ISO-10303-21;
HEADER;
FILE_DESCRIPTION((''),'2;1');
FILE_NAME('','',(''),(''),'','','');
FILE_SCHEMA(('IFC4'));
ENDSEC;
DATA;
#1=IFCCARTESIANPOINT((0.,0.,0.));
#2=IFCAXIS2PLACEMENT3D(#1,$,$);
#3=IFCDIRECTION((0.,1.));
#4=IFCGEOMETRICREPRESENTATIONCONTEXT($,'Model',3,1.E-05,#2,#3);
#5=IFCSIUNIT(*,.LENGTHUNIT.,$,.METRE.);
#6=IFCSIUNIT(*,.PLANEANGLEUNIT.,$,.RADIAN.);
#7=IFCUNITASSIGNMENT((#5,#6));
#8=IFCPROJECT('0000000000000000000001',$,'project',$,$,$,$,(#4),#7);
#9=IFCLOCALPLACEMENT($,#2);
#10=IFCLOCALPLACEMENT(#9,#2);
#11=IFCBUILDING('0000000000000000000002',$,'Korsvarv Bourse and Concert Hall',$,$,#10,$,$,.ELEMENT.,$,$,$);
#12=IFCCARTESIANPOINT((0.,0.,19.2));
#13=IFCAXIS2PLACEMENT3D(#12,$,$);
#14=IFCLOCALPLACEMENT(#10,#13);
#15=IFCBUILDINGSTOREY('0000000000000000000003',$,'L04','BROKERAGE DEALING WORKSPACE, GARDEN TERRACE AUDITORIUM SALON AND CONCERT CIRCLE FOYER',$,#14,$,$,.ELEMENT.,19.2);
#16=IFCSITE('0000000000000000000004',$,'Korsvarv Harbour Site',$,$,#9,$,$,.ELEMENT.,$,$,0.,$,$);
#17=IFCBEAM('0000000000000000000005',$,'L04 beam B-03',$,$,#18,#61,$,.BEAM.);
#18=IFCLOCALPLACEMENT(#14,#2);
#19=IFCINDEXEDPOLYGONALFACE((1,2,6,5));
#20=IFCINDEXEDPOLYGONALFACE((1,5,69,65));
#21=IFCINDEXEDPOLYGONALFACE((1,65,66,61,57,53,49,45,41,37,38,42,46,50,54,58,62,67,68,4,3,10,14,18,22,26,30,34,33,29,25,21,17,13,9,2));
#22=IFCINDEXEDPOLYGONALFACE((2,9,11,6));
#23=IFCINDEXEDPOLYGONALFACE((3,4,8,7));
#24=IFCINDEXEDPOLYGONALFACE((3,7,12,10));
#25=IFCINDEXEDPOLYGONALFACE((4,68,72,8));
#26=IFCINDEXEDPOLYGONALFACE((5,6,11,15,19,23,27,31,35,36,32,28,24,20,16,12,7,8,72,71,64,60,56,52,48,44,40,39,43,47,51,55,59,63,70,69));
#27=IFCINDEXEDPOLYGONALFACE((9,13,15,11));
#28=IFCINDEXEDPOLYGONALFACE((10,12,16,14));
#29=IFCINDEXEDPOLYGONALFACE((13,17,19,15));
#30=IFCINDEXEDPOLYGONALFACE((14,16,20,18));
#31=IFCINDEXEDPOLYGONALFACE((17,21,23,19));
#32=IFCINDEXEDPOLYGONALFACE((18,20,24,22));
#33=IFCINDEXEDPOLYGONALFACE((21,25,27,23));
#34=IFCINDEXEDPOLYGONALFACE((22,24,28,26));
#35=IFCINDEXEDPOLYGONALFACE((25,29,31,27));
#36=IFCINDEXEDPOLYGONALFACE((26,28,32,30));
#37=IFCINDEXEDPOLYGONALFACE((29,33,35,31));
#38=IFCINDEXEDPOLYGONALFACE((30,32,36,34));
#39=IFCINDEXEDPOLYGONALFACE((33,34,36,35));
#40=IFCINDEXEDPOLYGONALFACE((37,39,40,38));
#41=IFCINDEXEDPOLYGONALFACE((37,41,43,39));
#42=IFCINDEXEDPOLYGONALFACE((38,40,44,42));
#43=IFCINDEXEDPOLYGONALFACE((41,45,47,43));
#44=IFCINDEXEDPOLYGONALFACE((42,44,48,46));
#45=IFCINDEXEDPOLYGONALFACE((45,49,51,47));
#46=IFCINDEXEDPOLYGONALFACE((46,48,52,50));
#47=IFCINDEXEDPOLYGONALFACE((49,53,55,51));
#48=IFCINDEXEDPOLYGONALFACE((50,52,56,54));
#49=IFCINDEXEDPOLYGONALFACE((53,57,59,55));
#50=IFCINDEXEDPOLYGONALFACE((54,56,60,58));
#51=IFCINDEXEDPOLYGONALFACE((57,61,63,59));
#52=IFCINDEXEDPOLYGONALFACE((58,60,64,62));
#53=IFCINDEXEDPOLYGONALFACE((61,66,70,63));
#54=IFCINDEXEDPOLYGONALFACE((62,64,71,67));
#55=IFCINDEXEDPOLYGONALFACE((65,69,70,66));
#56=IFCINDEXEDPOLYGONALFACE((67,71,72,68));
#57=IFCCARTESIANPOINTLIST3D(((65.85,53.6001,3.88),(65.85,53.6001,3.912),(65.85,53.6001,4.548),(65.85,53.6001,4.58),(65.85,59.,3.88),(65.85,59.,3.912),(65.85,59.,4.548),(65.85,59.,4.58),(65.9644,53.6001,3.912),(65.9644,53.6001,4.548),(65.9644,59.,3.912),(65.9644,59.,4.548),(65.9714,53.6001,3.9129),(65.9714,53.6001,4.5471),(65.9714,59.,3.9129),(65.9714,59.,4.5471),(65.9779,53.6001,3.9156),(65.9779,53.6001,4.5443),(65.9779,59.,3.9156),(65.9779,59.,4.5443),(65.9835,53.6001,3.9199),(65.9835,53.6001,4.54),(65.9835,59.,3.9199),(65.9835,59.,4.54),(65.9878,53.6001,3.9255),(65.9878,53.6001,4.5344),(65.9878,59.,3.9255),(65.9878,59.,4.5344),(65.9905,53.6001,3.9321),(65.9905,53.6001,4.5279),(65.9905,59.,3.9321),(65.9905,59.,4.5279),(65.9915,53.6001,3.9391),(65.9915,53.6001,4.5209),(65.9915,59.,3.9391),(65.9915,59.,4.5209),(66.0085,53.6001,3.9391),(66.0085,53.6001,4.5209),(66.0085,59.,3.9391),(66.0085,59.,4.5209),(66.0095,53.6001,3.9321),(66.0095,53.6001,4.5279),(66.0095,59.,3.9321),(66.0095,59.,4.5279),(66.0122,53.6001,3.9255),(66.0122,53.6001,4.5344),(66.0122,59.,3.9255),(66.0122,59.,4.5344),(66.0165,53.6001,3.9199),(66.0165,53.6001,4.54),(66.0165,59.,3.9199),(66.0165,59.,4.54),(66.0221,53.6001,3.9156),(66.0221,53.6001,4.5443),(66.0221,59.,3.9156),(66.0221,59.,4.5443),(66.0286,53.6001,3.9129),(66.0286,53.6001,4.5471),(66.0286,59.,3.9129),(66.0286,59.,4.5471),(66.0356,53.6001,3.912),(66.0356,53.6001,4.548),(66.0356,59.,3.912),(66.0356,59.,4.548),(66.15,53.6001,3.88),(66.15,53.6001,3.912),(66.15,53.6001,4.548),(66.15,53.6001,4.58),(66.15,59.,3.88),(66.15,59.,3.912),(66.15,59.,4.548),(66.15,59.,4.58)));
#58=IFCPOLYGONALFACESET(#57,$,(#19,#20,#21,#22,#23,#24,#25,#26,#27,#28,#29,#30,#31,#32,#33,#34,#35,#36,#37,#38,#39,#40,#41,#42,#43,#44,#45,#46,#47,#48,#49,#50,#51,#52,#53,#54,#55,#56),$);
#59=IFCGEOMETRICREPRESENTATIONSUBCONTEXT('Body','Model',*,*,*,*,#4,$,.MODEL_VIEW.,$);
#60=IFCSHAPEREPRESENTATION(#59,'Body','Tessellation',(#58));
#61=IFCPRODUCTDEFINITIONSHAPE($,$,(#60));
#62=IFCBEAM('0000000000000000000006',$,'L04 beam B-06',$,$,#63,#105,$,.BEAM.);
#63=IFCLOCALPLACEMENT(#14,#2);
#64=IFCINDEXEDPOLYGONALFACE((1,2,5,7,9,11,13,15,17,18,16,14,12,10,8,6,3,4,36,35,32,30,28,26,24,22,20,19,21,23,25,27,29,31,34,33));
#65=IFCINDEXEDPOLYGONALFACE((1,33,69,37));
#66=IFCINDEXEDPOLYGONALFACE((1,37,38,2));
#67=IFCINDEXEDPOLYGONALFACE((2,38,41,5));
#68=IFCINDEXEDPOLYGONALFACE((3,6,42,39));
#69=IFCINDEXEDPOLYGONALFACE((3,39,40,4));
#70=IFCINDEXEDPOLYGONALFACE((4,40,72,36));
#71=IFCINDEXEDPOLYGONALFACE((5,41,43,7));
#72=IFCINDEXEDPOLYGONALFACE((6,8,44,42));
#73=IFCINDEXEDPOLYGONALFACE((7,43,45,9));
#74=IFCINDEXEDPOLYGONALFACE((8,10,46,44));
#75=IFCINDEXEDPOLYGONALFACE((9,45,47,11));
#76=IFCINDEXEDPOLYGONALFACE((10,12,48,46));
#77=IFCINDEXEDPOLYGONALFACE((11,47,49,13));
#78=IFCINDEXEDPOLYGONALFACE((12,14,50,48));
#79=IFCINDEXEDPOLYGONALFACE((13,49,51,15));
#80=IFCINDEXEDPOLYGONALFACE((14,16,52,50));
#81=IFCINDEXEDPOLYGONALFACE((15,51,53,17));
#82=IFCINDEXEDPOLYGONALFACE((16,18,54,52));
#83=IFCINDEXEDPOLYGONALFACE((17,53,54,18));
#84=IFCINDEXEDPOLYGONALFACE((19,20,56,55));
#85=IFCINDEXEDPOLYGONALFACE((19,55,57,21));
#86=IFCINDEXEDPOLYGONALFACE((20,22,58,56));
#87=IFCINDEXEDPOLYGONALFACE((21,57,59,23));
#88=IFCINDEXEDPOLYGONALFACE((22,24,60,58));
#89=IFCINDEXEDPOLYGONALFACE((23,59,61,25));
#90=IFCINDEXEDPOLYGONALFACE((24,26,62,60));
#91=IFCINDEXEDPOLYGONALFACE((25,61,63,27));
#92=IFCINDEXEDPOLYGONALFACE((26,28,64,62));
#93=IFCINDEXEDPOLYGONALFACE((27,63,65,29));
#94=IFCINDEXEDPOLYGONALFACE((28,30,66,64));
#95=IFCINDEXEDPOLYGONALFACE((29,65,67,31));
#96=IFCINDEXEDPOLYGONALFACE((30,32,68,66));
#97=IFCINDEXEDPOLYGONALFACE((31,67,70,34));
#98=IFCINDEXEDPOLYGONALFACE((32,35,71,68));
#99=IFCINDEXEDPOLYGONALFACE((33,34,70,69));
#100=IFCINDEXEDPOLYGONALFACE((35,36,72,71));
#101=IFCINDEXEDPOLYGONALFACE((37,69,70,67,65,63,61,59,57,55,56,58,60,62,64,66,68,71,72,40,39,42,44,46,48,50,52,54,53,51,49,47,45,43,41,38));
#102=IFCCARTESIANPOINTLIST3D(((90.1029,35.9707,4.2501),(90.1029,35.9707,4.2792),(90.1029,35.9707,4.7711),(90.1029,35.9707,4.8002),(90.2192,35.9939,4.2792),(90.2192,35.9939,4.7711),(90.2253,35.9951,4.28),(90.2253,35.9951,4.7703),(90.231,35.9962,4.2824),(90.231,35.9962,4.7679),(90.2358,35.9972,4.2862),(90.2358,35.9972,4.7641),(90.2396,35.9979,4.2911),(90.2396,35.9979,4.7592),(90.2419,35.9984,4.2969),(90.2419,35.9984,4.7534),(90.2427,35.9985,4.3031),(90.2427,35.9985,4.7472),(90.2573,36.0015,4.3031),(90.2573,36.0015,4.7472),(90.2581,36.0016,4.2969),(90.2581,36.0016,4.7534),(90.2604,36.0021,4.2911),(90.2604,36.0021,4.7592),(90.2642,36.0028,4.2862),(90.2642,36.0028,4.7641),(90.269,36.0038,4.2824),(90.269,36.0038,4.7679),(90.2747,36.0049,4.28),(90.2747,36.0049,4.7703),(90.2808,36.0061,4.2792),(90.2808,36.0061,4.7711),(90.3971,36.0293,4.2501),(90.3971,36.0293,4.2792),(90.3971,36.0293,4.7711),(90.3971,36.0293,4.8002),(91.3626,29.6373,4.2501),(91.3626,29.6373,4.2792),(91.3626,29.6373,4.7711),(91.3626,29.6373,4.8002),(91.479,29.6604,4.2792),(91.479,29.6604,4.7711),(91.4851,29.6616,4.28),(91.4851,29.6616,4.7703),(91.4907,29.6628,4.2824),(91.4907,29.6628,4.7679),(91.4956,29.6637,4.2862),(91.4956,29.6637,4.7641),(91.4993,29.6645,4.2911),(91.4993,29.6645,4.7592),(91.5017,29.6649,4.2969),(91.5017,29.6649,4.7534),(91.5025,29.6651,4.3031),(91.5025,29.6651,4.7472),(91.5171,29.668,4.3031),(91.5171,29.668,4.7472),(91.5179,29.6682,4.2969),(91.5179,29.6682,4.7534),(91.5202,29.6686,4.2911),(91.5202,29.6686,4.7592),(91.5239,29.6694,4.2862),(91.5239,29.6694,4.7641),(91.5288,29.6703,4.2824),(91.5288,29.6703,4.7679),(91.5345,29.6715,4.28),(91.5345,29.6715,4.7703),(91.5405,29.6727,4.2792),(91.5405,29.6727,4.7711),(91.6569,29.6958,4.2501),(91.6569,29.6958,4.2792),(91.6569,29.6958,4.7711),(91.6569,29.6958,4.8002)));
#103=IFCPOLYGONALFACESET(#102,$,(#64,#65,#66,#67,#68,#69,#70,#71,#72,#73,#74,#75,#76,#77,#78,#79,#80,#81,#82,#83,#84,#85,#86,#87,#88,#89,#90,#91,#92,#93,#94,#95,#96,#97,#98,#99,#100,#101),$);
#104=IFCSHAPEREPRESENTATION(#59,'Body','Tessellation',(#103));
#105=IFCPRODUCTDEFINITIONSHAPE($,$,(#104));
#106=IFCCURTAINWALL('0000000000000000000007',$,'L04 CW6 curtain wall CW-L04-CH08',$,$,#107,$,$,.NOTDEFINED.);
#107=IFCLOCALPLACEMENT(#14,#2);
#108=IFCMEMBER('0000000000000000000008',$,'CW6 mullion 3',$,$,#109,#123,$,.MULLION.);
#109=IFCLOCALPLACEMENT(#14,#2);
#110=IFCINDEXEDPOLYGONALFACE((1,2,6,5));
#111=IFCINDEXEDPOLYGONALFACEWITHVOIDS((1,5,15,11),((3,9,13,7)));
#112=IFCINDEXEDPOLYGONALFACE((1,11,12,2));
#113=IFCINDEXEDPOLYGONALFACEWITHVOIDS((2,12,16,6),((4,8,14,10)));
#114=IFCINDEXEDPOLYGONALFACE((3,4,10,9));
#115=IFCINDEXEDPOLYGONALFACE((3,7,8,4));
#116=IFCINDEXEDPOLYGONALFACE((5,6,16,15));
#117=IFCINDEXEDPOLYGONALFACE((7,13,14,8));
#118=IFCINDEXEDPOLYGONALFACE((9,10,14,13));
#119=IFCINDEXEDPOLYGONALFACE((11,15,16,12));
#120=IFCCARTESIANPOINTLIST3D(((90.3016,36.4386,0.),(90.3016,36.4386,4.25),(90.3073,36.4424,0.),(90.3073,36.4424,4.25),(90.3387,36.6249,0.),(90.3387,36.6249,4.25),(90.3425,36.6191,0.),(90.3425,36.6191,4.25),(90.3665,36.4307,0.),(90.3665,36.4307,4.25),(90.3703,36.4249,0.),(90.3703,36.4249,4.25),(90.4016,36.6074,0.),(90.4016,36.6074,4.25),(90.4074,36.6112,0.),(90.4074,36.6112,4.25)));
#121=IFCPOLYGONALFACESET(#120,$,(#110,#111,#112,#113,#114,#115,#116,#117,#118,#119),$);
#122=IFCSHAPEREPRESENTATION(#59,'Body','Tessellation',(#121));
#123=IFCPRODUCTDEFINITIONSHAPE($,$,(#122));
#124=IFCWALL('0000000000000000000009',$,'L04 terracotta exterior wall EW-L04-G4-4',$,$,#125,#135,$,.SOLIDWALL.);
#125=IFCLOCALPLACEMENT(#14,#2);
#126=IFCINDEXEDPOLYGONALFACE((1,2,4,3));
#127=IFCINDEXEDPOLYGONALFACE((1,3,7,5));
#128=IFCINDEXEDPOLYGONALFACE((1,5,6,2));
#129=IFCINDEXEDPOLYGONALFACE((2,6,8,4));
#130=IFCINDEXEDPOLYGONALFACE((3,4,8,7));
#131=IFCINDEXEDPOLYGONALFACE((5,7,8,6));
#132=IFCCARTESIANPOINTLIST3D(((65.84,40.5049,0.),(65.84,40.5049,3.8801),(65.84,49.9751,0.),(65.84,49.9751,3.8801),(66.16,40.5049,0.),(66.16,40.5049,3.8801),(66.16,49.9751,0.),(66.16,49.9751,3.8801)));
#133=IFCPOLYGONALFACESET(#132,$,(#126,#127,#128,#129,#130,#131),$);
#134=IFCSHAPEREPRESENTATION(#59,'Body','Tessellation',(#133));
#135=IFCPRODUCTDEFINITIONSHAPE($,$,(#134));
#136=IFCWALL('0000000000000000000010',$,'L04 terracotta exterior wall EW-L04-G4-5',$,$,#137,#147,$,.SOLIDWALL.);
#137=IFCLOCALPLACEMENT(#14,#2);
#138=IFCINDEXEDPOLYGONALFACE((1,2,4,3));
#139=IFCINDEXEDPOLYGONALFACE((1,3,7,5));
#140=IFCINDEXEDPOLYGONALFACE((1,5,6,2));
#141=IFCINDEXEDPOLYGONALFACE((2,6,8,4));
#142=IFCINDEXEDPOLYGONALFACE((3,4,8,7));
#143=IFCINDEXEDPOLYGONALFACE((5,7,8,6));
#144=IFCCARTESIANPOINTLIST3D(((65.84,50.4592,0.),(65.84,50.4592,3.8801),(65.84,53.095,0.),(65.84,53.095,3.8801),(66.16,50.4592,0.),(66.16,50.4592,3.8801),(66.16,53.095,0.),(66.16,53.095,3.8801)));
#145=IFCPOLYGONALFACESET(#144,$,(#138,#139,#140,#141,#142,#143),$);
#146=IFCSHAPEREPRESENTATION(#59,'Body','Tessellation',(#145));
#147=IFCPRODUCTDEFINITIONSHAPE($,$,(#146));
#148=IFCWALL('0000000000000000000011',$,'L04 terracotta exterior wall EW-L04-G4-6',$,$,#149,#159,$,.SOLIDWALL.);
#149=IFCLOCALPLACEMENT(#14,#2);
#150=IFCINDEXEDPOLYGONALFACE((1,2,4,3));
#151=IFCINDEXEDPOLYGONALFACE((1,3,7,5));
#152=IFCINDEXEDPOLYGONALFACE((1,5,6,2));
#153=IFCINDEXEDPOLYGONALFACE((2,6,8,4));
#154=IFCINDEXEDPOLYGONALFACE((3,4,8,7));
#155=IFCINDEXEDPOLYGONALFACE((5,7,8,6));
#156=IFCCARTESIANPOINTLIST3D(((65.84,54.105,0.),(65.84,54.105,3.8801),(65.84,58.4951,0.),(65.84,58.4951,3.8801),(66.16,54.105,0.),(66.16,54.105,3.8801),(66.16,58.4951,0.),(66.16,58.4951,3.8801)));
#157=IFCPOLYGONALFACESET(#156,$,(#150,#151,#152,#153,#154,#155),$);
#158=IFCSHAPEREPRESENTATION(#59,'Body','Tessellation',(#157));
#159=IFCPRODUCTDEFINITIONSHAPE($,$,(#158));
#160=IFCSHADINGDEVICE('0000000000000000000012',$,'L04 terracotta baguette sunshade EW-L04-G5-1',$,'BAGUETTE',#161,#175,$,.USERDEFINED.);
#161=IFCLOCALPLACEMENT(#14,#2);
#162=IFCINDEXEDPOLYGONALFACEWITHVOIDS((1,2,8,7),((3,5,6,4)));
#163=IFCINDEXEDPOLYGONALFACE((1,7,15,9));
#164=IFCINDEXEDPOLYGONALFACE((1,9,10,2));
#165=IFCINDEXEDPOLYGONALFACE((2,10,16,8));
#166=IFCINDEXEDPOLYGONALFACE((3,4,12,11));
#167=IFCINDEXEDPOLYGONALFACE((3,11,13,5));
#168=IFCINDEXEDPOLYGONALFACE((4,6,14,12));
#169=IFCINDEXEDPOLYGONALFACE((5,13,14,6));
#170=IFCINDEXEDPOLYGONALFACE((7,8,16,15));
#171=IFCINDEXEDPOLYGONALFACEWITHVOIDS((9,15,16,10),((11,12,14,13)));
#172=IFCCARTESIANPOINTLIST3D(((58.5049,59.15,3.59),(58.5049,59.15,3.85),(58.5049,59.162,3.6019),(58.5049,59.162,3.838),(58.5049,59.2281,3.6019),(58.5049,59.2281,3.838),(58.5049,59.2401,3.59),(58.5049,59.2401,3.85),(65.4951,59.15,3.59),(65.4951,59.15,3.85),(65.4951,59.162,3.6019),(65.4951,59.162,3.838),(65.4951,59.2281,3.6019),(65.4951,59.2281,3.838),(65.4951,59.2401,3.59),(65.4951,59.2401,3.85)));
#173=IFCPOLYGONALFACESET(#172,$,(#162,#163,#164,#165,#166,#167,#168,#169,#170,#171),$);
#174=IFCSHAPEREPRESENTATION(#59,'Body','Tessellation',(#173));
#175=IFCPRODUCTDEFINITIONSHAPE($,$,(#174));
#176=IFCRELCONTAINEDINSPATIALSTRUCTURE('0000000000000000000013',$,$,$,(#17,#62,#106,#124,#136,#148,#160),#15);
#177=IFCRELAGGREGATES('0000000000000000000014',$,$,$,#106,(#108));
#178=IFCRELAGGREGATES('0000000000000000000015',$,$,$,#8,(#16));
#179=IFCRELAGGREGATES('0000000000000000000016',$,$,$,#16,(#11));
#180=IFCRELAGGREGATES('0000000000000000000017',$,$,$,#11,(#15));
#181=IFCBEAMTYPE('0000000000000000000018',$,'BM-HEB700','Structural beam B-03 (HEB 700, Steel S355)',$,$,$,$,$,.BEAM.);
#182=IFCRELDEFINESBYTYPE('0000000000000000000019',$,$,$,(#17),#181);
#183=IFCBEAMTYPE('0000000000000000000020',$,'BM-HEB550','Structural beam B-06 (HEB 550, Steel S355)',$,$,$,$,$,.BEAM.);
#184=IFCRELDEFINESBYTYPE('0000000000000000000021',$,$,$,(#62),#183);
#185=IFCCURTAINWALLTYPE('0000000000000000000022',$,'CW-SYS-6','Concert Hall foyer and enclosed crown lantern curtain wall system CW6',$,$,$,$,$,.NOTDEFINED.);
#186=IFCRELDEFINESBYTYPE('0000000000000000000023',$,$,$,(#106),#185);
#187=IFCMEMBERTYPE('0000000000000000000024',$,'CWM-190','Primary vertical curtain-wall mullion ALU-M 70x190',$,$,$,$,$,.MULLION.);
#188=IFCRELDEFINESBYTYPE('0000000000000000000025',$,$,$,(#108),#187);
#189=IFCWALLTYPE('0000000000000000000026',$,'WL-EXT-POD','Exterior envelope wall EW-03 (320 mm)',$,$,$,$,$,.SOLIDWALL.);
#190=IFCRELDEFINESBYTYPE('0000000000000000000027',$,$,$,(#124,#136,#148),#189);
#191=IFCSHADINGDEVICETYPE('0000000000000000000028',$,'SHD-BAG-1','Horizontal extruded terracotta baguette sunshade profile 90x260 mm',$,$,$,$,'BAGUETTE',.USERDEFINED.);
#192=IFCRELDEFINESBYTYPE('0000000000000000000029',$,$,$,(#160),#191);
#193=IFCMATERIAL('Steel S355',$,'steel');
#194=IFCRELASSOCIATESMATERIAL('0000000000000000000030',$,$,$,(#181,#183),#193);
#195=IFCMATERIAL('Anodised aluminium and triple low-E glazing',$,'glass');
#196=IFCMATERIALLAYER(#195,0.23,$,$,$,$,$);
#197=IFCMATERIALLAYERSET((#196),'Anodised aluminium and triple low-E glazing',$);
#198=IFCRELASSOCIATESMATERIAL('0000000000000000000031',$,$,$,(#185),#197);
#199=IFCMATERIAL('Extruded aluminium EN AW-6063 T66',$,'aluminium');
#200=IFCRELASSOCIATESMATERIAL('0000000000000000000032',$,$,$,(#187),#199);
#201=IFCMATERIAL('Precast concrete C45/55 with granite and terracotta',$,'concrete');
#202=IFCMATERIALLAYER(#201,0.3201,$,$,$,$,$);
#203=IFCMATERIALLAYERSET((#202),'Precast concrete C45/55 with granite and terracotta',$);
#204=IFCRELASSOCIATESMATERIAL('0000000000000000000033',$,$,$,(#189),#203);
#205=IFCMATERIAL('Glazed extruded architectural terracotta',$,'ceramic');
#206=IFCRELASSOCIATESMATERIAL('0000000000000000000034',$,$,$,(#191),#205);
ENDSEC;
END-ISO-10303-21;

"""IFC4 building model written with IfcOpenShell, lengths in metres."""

from ifc_helpers import new_model, si_unit, direction, frame, frame_2d, origin, origin_2d, place, context, subcontext, project, spatial, rectangle, hollow_rectangle, i_section, extrude, source, transform, mapped, material, layer, layer_set, material_profile, profile_set, type_object, element, aggregate, save


model = new_model("IFC4")

# Units and contexts
model_context = context("Model", 3, precision=1e-05, world=origin(), true_north=direction((0.0, 1.0)))
body_context = subcontext(model_context, "Body", "Model", "MODEL_VIEW")
ifc_project = project(units=[si_unit("LENGTHUNIT", "METRE"), si_unit("PLANEANGLEUNIT", "RADIAN")], contexts=[model_context])

# Site, building, storey
site_placement = place(None, origin())
site = spatial("IfcSite", under=ifc_project, at=site_placement, Name="Korsvarv Harbour Site", CompositionType="ELEMENT", RefElevation=0.0)
building_placement = place(site_placement, origin())
building = spatial("IfcBuilding", under=site, at=building_placement, Name="Korsvarv Bourse and Concert Hall", CompositionType="ELEMENT")
storey_placement = place(building_placement, frame((0.0, 0.0, 19.2)))
storey = spatial("IfcBuildingStorey", under=building, at=storey_placement, Name="L04", Description="BROKERAGE DEALING WORKSPACE, GARDEN TERRACE AUDITORIUM SALON AND CONCERT CIRCLE FOYER", CompositionType="ELEMENT", Elevation=19.2)

# Beams
ifc_material_1 = material(Name="Steel S355", Category="steel")
ifc_material_profile_1 = material_profile(ifc_material_1, i_section(OverallWidth=0.3, OverallDepth=0.7, WebThickness=0.0171, FlangeThickness=0.032, FilletRadius=0.0271, at=origin_2d()), Name="HEB 700")
ifc_profile_set_1 = profile_set([ifc_material_profile_1], Name="Steel S355")
beam_type_1 = type_object("IfcBeamType", Name="BM-HEB700", Description="Structural beam B-03 (HEB 700, Steel S355)", PredefinedType="BEAM", material=ifc_profile_set_1)
shared_shape_1 = source(origin(), body_context, "Body", "SweptSolid", [
    extrude(i_section(OverallWidth=0.3, OverallDepth=0.7, WebThickness=0.0171, FlangeThickness=0.032, FilletRadius=0.0271, at=origin_2d()), origin(), (0.0, 0.0, 1.0), 5.3999),
])
beam_1_placement = place(storey_placement, frame((66.0, 53.6001, 4.23), z_axis=(0.0, 1.0, 0.0), x_axis=(-1.0, 0.0, 0.0)))
element("IfcBeam", 1, at=beam_1_placement, inside=storey, type_object=beam_type_1, Name="L04 beam B-03", PredefinedType="BEAM", context=body_context, shape_type="MappedRepresentation", body=[
    mapped(shared_shape_1, transform((0.0, 0.0, 0.0), scale=1.0)),
])
ifc_material_profile_2 = material_profile(ifc_material_1, i_section(OverallWidth=0.3, OverallDepth=0.55, WebThickness=0.0149, FlangeThickness=0.0291, FilletRadius=0.0239, at=origin_2d()), Name="HEB 550")
ifc_profile_set_2 = profile_set([ifc_material_profile_2], Name="Steel S355")
beam_type_2 = type_object("IfcBeamType", Name="BM-HEB550", Description="Structural beam B-06 (HEB 550, Steel S355)", PredefinedType="BEAM", material=ifc_profile_set_2)
shared_shape_2 = source(origin(), body_context, "Body", "SweptSolid", [
    extrude(i_section(OverallWidth=0.3, OverallDepth=0.55, WebThickness=0.0149, FlangeThickness=0.0291, FilletRadius=0.0239, at=origin_2d()), origin(), (0.0, 0.0, 1.0), 6.4575),
])
beam_2_placement = place(storey_placement, frame((90.25, 36.0, 4.5251), z_axis=(0.195084, -0.980787, 0.0), x_axis=(0.980787, 0.195084, 0.0)))
element("IfcBeam", 2, at=beam_2_placement, inside=storey, type_object=beam_type_2, Name="L04 beam B-06", PredefinedType="BEAM", context=body_context, shape_type="MappedRepresentation", body=[
    mapped(shared_shape_2, transform((0.0, 0.0, 0.0), scale=1.0)),
])

# Curtain wall, member
ifc_material_2 = material(Name="Anodised aluminium and triple low-E glazing", Category="glass")
ifc_layer_1 = layer(ifc_material_2, 0.23)
ifc_layer_set_1 = layer_set([ifc_layer_1], Name="Anodised aluminium and triple low-E glazing")
curtain_wall_type = type_object("IfcCurtainWallType", Name="CW-SYS-6", Description="Concert Hall foyer and enclosed crown lantern curtain wall system CW6", PredefinedType="NOTDEFINED", material=ifc_layer_set_1)
curtain_wall_placement = place(storey_placement, origin())
curtain_wall = element("IfcCurtainWall", 3, at=curtain_wall_placement, inside=storey, type_object=curtain_wall_type, Name="L04 CW6 curtain wall CW-L04-CH08", PredefinedType="NOTDEFINED")
ifc_material_3 = material(Name="Extruded aluminium EN AW-6063 T66", Category="aluminium")
ifc_material_profile_3 = material_profile(ifc_material_3, hollow_rectangle(XDim=0.0701, YDim=0.1899, WallThickness=0.0049, at=origin_2d()), Name="ALU-M 70x190")
ifc_profile_set_3 = profile_set([ifc_material_profile_3], Name="Extruded aluminium EN AW-6063 T66")
member_type = type_object("IfcMemberType", Name="CWM-190", Description="Primary vertical curtain-wall mullion ALU-M 70x190", PredefinedType="MULLION", material=ifc_profile_set_3)
shared_shape_3 = source(origin(), body_context, "Body", "SweptSolid", [
    extrude(hollow_rectangle(XDim=0.0701, YDim=0.1899, WallThickness=0.0049, at=origin_2d()), origin(), (0.0, 0.0, 1.0), 4.25),
])
member_placement = place(storey_placement, frame((90.3545, 36.5249, 0.0), z_axis=(0.0, 0.0, 1.0), x_axis=(0.980786, -0.195087, 0.0)))
member = element("IfcMember", 4, at=member_placement, type_object=member_type, Name="CW6 mullion 3", PredefinedType="MULLION", context=body_context, shape_type="MappedRepresentation", body=[
    mapped(shared_shape_3, transform((0.0, 0.0, 0.0), scale=1.0)),
])
aggregate(curtain_wall, [member])

# Walls
ifc_material_4 = material(Name="Precast concrete C45/55 with granite and terracotta", Category="concrete")
ifc_layer_2 = layer(ifc_material_4, 0.3201)
ifc_layer_set_2 = layer_set([ifc_layer_2], Name="Precast concrete C45/55 with granite and terracotta")
wall_type = type_object("IfcWallType", Name="WL-EXT-POD", Description="Exterior envelope wall EW-03 (320 mm)", PredefinedType="SOLIDWALL", material=ifc_layer_set_2)
wall_1_placement = place(storey_placement, frame((66.0, 40.5049, 0.0), z_axis=(0.0, 0.0, 1.0), x_axis=(0.0, 1.0, 0.0)))
element("IfcWall", 5, at=wall_1_placement, inside=storey, type_object=wall_type, Name="L04 terracotta exterior wall EW-L04-G4-4", PredefinedType="SOLIDWALL", context=body_context, shape_type="SweptSolid", body=[
    extrude(rectangle(XDim=9.4702, YDim=0.3201, at=frame_2d((4.7351, 0.0))), origin(), (0.0, 0.0, 1.0), 3.8801),
])
wall_2_placement = place(storey_placement, frame((66.0, 50.4592, 0.0), z_axis=(0.0, 0.0, 1.0), x_axis=(0.0, 1.0, 0.0)))
element("IfcWall", 6, at=wall_2_placement, inside=storey, type_object=wall_type, Name="L04 terracotta exterior wall EW-L04-G4-5", PredefinedType="SOLIDWALL", context=body_context, shape_type="SweptSolid", body=[
    extrude(rectangle(XDim=2.6357, YDim=0.3201, at=frame_2d((1.3179, 0.0))), origin(), (0.0, 0.0, 1.0), 3.8801),
])
wall_3_placement = place(storey_placement, frame((66.0, 54.105, 0.0), z_axis=(0.0, 0.0, 1.0), x_axis=(0.0, 1.0, 0.0)))
element("IfcWall", 7, at=wall_3_placement, inside=storey, type_object=wall_type, Name="L04 terracotta exterior wall EW-L04-G4-6", PredefinedType="SOLIDWALL", context=body_context, shape_type="SweptSolid", body=[
    extrude(rectangle(XDim=4.3901, YDim=0.3201, at=frame_2d((2.1951, 0.0))), origin(), (0.0, 0.0, 1.0), 3.8801),
])

# Shading device
ifc_material_5 = material(Name="Glazed extruded architectural terracotta", Category="ceramic")
ifc_material_profile_4 = material_profile(ifc_material_5, hollow_rectangle(XDim=0.0901, YDim=0.26, WallThickness=0.012, at=origin_2d()), Name="TC-BAG 90x260")
ifc_profile_set_4 = profile_set([ifc_material_profile_4], Name="Glazed extruded architectural terracotta")
shading_device_type = type_object("IfcShadingDeviceType", Name="SHD-BAG-1", Description="Horizontal extruded terracotta baguette sunshade profile 90x260 mm", ElementType="BAGUETTE", PredefinedType="USERDEFINED", material=ifc_profile_set_4)
shared_shape_4 = source(origin(), body_context, "Body", "SweptSolid", [
    extrude(hollow_rectangle(XDim=0.0901, YDim=0.26, WallThickness=0.012, at=origin_2d()), origin(), (0.0, 0.0, 1.0), 6.9902),
])
shading_device_1_placement = place(storey_placement, frame((65.4951, 59.1951, 3.72), z_axis=(-1.0, 0.0, 0.0), x_axis=(0.0, -1.0, 0.0)))
element("IfcShadingDevice", 8, at=shading_device_1_placement, inside=storey, type_object=shading_device_type, Name="L04 terracotta baguette sunshade EW-L04-G5-1", ObjectType="BAGUETTE", PredefinedType="USERDEFINED", context=body_context, shape_type="MappedRepresentation", body=[
    mapped(shared_shape_4, transform((0.0, 0.0, 0.0), scale=1.0)),
])

save(model, "model.ifc")
